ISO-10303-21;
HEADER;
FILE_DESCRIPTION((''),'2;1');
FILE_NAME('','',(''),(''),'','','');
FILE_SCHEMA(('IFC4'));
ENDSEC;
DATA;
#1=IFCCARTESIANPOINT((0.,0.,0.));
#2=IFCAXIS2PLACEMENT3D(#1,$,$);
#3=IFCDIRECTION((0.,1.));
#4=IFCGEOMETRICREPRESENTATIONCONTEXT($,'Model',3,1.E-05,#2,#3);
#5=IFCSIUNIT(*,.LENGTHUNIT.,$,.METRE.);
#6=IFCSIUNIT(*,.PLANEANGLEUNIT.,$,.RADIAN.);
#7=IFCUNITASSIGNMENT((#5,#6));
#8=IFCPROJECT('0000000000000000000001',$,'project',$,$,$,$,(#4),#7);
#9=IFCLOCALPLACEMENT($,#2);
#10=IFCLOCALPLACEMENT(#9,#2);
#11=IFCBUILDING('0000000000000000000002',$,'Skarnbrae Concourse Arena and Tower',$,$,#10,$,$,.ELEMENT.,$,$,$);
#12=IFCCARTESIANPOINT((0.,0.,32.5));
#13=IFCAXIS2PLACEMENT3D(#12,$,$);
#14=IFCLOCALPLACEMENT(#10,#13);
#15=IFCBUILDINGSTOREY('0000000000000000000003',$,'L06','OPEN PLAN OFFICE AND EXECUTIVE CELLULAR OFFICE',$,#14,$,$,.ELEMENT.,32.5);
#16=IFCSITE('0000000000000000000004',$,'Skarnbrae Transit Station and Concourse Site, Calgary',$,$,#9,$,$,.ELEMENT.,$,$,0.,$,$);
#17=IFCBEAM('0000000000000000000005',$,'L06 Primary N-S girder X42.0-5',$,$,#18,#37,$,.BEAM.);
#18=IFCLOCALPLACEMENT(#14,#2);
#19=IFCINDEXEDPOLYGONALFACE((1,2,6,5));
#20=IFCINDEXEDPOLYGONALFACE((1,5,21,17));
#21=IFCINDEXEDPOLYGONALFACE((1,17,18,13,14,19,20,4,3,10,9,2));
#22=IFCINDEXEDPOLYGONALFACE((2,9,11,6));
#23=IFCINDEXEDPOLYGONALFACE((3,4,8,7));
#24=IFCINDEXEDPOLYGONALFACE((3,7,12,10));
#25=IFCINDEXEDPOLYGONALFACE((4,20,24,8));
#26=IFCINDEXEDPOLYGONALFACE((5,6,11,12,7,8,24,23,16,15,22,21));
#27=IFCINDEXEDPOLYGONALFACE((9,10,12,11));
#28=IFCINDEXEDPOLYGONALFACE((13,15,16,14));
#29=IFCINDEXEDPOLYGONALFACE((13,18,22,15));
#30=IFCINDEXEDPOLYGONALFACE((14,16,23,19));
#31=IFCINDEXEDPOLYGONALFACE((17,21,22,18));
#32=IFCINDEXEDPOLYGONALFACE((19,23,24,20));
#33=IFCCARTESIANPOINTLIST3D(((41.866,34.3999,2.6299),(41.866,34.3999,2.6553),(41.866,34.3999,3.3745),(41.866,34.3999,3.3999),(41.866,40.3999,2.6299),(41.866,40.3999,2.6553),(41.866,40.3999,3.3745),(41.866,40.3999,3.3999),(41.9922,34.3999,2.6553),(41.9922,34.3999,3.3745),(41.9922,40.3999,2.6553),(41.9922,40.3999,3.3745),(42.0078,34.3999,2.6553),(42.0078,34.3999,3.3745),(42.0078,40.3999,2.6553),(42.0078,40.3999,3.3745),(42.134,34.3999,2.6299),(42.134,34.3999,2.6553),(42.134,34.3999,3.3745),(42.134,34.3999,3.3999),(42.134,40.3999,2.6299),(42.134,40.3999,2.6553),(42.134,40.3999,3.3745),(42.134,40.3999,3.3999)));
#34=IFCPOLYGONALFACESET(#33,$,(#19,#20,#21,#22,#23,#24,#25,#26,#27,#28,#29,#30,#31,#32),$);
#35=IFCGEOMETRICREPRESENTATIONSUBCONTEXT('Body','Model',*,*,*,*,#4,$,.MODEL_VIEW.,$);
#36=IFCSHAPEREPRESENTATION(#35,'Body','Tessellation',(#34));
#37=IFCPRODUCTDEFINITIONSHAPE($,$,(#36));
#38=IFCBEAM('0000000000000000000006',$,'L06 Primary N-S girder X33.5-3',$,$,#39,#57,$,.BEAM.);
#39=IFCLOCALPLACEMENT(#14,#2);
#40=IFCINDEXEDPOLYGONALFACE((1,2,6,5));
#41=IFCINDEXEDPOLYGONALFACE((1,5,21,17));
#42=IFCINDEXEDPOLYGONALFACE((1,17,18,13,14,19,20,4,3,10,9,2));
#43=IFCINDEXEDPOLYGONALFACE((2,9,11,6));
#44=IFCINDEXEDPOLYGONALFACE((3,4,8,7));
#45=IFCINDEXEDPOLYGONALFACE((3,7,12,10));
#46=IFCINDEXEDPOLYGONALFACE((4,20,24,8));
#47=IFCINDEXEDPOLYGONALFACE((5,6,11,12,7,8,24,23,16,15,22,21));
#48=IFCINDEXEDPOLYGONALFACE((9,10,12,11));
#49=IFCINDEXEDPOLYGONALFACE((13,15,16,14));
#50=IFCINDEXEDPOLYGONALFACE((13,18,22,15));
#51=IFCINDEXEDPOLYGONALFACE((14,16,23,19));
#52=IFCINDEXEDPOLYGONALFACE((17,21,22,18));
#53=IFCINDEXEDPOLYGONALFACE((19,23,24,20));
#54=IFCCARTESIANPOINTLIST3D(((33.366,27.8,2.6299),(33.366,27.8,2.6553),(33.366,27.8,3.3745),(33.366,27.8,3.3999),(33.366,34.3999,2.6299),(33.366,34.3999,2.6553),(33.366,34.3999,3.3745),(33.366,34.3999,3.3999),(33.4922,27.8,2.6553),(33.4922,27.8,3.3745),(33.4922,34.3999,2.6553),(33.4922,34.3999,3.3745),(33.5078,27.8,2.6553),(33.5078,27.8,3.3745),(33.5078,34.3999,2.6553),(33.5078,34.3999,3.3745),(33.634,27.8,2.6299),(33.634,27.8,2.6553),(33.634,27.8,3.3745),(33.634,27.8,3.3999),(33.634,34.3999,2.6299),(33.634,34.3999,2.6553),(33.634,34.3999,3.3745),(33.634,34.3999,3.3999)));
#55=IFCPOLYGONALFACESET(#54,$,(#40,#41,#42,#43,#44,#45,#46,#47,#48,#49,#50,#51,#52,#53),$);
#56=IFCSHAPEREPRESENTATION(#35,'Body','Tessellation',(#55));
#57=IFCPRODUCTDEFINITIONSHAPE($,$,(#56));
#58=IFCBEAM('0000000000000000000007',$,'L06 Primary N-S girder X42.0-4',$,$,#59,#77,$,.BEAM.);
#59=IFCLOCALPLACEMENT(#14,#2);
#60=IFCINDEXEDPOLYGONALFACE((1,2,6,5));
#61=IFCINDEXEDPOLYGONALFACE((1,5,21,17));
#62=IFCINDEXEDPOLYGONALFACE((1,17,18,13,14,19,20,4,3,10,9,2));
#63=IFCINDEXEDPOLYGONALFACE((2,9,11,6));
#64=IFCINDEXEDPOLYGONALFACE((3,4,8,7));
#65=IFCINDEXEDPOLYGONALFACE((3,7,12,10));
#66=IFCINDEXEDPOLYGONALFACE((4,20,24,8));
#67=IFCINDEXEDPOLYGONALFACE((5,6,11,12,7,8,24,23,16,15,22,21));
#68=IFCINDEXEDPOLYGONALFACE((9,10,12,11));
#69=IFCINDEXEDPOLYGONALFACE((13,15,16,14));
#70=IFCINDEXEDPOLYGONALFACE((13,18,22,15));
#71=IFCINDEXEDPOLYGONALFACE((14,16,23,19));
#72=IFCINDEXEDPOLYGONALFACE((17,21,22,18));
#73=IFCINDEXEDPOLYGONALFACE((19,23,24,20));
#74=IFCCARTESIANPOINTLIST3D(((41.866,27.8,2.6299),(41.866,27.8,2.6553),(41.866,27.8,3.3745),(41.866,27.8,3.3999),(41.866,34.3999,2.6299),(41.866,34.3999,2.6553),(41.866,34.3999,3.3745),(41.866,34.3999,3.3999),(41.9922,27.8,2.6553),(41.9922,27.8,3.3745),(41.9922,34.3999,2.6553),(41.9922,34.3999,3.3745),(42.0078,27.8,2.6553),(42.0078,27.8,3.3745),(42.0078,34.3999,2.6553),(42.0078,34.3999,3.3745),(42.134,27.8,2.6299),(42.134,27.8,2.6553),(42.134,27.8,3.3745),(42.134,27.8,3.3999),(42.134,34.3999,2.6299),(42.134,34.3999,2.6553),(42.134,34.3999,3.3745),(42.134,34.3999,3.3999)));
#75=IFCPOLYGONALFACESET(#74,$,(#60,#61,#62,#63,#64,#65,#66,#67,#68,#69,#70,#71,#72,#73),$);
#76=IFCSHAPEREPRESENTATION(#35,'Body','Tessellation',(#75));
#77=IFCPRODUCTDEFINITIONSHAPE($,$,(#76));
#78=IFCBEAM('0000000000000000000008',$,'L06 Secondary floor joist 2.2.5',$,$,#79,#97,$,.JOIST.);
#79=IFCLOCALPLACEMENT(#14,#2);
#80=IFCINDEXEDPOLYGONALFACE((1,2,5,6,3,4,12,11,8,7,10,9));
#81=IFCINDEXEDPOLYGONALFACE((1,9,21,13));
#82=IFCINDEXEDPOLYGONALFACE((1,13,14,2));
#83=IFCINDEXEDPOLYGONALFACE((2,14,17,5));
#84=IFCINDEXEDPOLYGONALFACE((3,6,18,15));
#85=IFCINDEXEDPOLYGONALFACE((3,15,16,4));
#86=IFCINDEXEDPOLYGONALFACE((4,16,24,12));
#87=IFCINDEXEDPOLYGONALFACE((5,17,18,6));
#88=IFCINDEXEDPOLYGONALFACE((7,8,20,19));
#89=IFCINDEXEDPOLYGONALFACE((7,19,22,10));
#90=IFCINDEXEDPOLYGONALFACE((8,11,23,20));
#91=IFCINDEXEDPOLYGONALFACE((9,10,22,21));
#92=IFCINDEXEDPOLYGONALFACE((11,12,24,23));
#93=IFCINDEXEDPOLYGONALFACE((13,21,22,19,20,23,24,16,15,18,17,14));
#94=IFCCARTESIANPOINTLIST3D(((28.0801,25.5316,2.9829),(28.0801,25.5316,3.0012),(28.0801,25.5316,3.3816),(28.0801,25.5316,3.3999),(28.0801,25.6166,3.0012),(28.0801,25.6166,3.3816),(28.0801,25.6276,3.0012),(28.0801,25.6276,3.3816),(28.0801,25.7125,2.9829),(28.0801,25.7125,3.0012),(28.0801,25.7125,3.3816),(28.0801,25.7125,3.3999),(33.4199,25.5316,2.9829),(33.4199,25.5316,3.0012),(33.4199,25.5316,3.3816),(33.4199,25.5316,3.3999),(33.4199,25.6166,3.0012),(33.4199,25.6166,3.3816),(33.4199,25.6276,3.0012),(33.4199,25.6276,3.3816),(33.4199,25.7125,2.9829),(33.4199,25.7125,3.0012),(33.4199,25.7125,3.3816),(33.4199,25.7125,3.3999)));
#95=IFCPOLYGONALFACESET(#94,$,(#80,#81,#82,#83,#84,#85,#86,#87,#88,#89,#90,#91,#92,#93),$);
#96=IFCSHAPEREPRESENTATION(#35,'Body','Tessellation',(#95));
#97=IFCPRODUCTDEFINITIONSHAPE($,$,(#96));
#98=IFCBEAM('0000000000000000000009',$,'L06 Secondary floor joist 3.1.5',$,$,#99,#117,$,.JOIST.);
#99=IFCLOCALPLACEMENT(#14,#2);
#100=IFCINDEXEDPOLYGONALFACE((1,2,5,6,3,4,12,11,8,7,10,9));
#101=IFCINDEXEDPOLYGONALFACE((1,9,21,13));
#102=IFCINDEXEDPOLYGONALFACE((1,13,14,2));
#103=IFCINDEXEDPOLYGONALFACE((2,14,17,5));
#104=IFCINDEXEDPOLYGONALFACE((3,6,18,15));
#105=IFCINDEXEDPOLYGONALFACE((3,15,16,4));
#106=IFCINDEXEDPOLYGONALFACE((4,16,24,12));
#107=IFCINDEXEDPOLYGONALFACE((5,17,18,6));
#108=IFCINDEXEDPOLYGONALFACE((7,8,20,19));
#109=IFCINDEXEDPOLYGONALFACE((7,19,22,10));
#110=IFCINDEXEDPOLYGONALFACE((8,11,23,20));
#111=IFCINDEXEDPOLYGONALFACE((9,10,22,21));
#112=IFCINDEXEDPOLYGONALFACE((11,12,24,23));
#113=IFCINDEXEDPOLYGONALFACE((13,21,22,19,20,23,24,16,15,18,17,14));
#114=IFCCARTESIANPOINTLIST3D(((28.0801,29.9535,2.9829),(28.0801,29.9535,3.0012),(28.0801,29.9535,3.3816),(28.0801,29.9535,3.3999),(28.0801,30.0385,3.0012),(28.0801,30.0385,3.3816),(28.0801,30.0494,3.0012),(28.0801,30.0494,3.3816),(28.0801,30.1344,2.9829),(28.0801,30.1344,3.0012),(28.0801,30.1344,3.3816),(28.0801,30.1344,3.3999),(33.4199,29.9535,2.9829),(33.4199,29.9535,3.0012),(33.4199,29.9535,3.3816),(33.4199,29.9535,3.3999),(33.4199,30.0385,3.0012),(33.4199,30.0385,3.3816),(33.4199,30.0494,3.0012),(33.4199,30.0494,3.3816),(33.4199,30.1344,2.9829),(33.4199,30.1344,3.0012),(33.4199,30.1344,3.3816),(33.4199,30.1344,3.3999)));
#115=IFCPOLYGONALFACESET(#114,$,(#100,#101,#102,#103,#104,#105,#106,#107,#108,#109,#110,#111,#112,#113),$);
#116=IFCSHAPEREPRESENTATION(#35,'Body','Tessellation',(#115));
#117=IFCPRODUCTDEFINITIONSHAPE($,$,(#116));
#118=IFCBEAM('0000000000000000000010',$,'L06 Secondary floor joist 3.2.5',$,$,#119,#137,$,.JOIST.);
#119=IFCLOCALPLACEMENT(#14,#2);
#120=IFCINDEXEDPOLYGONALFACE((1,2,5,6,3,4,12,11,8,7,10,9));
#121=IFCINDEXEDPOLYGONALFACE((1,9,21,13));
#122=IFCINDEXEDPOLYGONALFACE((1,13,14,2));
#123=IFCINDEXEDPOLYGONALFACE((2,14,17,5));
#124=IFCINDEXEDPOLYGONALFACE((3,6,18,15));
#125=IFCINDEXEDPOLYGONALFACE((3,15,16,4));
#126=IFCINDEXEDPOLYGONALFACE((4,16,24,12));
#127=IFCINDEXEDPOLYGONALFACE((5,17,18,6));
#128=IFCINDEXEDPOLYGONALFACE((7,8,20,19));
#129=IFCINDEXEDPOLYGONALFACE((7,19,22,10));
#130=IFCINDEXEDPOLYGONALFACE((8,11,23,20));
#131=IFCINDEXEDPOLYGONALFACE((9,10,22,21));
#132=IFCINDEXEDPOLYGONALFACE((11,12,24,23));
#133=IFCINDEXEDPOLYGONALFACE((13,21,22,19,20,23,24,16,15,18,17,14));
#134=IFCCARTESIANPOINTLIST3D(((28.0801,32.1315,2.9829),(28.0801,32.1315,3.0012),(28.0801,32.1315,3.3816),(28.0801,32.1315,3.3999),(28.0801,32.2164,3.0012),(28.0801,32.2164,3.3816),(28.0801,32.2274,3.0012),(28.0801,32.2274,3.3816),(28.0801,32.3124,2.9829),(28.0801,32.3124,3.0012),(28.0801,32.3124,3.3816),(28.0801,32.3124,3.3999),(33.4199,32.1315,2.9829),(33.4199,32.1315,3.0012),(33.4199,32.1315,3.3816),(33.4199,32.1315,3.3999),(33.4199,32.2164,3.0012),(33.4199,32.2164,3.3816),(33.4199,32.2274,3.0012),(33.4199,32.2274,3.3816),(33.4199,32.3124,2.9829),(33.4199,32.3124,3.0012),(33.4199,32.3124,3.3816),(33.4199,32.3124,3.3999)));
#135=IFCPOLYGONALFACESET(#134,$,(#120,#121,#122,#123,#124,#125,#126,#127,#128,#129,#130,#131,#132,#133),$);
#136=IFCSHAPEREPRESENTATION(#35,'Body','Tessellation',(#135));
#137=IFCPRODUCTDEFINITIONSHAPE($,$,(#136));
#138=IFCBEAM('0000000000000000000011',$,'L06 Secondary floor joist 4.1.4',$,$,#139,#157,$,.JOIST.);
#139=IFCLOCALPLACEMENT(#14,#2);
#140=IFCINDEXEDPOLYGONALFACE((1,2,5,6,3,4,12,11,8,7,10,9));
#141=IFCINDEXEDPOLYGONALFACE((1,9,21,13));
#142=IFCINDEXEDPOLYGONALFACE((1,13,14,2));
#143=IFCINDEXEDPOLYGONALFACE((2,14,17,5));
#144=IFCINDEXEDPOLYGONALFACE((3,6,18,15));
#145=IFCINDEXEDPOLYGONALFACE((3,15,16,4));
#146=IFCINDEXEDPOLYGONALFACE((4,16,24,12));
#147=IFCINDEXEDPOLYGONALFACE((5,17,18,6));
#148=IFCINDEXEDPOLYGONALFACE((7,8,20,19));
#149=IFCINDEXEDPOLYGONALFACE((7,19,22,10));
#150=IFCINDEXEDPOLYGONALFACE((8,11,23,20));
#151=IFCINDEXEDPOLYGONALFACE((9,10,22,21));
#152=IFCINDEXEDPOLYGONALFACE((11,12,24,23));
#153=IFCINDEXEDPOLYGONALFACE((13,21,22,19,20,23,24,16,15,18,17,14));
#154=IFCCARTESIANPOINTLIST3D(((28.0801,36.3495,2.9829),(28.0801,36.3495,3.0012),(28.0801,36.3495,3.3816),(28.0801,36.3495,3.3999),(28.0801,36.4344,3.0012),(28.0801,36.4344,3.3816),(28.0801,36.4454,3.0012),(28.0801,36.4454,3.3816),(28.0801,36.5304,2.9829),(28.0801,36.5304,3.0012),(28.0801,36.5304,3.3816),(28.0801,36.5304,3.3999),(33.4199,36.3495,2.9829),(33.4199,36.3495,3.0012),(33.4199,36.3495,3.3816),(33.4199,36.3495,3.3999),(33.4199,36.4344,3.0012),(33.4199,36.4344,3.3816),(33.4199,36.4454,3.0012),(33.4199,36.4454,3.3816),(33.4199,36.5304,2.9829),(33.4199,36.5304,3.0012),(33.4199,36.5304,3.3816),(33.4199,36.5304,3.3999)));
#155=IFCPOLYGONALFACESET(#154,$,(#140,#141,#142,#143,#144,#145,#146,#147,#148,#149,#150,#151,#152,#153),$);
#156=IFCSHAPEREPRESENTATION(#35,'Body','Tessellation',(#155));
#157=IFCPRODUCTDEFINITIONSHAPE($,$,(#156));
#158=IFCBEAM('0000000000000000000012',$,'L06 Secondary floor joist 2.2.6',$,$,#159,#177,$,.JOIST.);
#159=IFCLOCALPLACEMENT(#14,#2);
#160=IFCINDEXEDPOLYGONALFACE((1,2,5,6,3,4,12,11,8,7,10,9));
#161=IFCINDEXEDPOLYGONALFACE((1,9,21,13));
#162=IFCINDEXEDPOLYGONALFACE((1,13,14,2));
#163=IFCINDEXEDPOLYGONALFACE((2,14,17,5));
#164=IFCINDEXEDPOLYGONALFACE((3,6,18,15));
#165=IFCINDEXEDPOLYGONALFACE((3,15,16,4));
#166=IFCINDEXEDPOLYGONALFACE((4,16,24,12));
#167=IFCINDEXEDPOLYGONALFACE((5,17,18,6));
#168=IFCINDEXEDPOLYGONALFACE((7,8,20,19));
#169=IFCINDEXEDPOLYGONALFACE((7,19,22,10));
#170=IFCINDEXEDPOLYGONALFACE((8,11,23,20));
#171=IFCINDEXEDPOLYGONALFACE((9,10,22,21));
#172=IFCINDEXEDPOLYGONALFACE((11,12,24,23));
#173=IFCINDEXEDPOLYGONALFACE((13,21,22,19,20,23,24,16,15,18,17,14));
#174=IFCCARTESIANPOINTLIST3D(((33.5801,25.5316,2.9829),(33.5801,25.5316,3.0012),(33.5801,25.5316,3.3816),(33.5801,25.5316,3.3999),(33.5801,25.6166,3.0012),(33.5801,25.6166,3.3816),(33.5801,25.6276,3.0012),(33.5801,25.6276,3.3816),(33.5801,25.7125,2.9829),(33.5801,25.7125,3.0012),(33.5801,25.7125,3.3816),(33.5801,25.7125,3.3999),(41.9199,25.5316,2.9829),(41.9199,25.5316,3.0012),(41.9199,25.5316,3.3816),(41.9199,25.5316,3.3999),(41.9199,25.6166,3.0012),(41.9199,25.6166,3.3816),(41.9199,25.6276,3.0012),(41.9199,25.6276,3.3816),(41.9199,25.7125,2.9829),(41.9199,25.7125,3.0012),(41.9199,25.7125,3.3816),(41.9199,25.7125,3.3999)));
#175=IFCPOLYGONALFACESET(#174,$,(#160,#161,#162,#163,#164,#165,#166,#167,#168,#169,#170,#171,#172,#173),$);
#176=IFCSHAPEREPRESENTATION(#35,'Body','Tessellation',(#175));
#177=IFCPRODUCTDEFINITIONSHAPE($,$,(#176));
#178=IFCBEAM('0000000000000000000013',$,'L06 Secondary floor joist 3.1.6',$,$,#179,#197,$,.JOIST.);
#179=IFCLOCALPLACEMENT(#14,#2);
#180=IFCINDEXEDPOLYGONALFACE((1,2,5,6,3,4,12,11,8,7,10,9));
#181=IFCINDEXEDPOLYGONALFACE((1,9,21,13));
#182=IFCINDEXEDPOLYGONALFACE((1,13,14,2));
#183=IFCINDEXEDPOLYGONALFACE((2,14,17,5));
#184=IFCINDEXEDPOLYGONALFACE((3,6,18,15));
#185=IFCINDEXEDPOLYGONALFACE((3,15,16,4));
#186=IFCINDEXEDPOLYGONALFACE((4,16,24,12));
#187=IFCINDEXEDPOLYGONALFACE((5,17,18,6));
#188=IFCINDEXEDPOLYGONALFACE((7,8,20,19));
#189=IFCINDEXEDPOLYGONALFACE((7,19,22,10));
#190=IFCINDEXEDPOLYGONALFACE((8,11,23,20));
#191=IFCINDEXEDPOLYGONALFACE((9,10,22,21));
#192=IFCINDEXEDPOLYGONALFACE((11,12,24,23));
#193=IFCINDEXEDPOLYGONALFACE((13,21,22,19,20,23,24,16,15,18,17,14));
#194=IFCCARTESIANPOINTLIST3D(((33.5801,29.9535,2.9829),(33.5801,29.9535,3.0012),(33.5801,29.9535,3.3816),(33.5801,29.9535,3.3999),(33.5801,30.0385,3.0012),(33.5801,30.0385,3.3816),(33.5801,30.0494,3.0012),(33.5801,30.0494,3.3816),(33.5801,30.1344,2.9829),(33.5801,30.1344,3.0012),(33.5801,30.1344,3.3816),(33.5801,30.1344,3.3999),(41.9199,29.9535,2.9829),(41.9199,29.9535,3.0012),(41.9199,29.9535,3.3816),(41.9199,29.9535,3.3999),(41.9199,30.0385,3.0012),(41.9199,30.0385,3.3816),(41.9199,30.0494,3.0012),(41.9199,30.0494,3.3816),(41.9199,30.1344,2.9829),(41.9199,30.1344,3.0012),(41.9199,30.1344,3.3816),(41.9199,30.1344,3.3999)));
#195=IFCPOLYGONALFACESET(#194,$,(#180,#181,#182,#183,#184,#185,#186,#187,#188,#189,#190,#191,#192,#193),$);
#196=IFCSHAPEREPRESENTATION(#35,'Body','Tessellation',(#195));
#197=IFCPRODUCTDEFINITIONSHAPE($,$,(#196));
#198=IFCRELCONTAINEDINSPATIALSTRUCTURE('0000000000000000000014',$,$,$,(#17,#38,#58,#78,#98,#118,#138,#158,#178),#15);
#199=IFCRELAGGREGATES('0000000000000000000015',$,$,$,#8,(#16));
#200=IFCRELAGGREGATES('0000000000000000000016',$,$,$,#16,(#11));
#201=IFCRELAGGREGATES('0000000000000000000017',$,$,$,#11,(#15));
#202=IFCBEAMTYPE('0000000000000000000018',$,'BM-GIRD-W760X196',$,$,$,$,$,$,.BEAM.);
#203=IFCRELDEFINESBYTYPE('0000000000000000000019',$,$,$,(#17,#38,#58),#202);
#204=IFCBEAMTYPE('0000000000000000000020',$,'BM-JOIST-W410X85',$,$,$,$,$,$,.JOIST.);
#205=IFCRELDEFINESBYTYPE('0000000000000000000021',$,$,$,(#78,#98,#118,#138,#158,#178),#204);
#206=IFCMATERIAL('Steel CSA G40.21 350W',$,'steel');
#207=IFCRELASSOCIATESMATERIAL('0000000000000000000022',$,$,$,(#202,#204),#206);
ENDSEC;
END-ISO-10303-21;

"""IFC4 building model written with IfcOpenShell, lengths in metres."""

from ifc_helpers import new_model, si_unit, direction, frame, origin, origin_2d, place, context, subcontext, project, spatial, i_section, extrude, source, transform, mapped, material, material_profile, profile_set, type_object, element, save


model = new_model("IFC4")

# Units and contexts
model_context = context("Model", 3, precision=1e-05, world=origin(), true_north=direction((0.0, 1.0)))
body_context = subcontext(model_context, "Body", "Model", "MODEL_VIEW")
ifc_project = project(units=[si_unit("LENGTHUNIT", "METRE"), si_unit("PLANEANGLEUNIT", "RADIAN")], contexts=[model_context])

# Site, building, storey
site_placement = place(None, origin())
site = spatial("IfcSite", under=ifc_project, at=site_placement, Name="Skarnbrae Transit Station and Concourse Site, Calgary", CompositionType="ELEMENT", RefElevation=0.0)
building_placement = place(site_placement, origin())
building = spatial("IfcBuilding", under=site, at=building_placement, Name="Skarnbrae Concourse Arena and Tower", CompositionType="ELEMENT")
storey_placement = place(building_placement, frame((0.0, 0.0, 32.5)))
storey = spatial("IfcBuildingStorey", under=building, at=storey_placement, Name="L06", Description="OPEN PLAN OFFICE AND EXECUTIVE CELLULAR OFFICE", CompositionType="ELEMENT", Elevation=32.5)

# Shared definitions
ifc_material_1 = material(Name="Steel CSA G40.21 350W", Category="steel")

# Beams
ifc_material_profile_1 = material_profile(ifc_material_1, i_section(OverallWidth=0.2681, OverallDepth=0.77, WebThickness=0.0156, FlangeThickness=0.0254, at=origin_2d()), Name="W760X196")
ifc_profile_set_1 = profile_set([ifc_material_profile_1], Name="Steel CSA G40.21 350W")
beam_type_1 = type_object("IfcBeamType", Name="BM-GIRD-W760X196", PredefinedType="BEAM", material=ifc_profile_set_1)
shared_shape_1 = source(origin(), body_context, "Body", "SweptSolid", [
    extrude(i_section(OverallWidth=0.2681, OverallDepth=0.77, WebThickness=0.0156, FlangeThickness=0.0254, at=origin_2d()), origin(), (0.0, 0.0, 1.0), 6.0),
])
for number, where, z_axis, x_axis, name in (
    (1, (42.0, 34.3999, 3.0149), (0.0, 1.0, 0.0), (-1.0, 0.0, 0.0), "L06 Primary N-S girder X42.0-5"),
):
    element("IfcBeam", number, at=place(storey_placement, frame(where, z_axis=z_axis, x_axis=x_axis)), inside=storey, type_object=beam_type_1, Name=name, PredefinedType="BEAM", context=body_context, shape_type="MappedRepresentation", body=[
        mapped(shared_shape_1, transform((0.0, 0.0, 0.0))),
    ])
shared_shape_2 = source(origin(), body_context, "Body", "SweptSolid", [
    extrude(i_section(OverallWidth=0.2681, OverallDepth=0.77, WebThickness=0.0156, FlangeThickness=0.0254, at=origin_2d()), origin(), (0.0, 0.0, 1.0), 6.5999),
])
for number, where, z_axis, x_axis, name in (
    (2, (33.5, 27.8, 3.0149), (0.0, 1.0, 0.0), (-1.0, 0.0, 0.0), "L06 Primary N-S girder X33.5-3"),
    (3, (42.0, 27.8, 3.0149), (0.0, 1.0, 0.0), (-1.0, 0.0, 0.0), "L06 Primary N-S girder X42.0-4"),
):
    element("IfcBeam", number, at=place(storey_placement, frame(where, z_axis=z_axis, x_axis=x_axis)), inside=storey, type_object=beam_type_1, Name=name, PredefinedType="BEAM", context=body_context, shape_type="MappedRepresentation", body=[
        mapped(shared_shape_2, transform((0.0, 0.0, 0.0))),
    ])
ifc_material_profile_2 = material_profile(ifc_material_1, i_section(OverallWidth=0.1809, OverallDepth=0.417, WebThickness=0.011, FlangeThickness=0.0183, at=origin_2d()), Name="W410X85")
ifc_profile_set_2 = profile_set([ifc_material_profile_2], Name="Steel CSA G40.21 350W")
beam_type_2 = type_object("IfcBeamType", Name="BM-JOIST-W410X85", PredefinedType="JOIST", material=ifc_profile_set_2)
shared_shape_3 = source(origin(), body_context, "Body", "SweptSolid", [
    extrude(i_section(OverallWidth=0.1809, OverallDepth=0.417, WebThickness=0.011, FlangeThickness=0.0183, at=origin_2d()), origin(), (0.0, 0.0, 1.0), 5.3398),
])
for number, where, z_axis, x_axis, name in (
    (4, (28.0801, 25.6221, 3.1914), (1.0, 0.0, 0.0), (0.0, 1.0, 0.0), "L06 Secondary floor joist 2.2.5"),
    (5, (28.0801, 30.0439, 3.1914), (1.0, 0.0, 0.0), (0.0, 1.0, 0.0), "L06 Secondary floor joist 3.1.5"),
    (6, (28.0801, 32.2219, 3.1914), (1.0, 0.0, 0.0), (0.0, 1.0, 0.0), "L06 Secondary floor joist 3.2.5"),
    (7, (28.0801, 36.4399, 3.1914), (1.0, 0.0, 0.0), (0.0, 1.0, 0.0), "L06 Secondary floor joist 4.1.4"),
):
    element("IfcBeam", number, at=place(storey_placement, frame(where, z_axis=z_axis, x_axis=x_axis)), inside=storey, type_object=beam_type_2, Name=name, PredefinedType="JOIST", context=body_context, shape_type="MappedRepresentation", body=[
        mapped(shared_shape_3, transform((0.0, 0.0, 0.0))),
    ])
shared_shape_4 = source(origin(), body_context, "Body", "SweptSolid", [
    extrude(i_section(OverallWidth=0.1809, OverallDepth=0.417, WebThickness=0.011, FlangeThickness=0.0183, at=origin_2d()), origin(), (0.0, 0.0, 1.0), 8.3398),
])
for number, where, z_axis, x_axis, name in (
    (8, (33.5801, 25.6221, 3.1914), (1.0, 0.0, 0.0), (0.0, 1.0, 0.0), "L06 Secondary floor joist 2.2.6"),
    (9, (33.5801, 30.0439, 3.1914), (1.0, 0.0, 0.0), (0.0, 1.0, 0.0), "L06 Secondary floor joist 3.1.6"),
):
    element("IfcBeam", number, at=place(storey_placement, frame(where, z_axis=z_axis, x_axis=x_axis)), inside=storey, type_object=beam_type_2, Name=name, PredefinedType="JOIST", context=body_context, shape_type="MappedRepresentation", body=[
        mapped(shared_shape_4, transform((0.0, 0.0, 0.0))),
    ])

save(model, "model.ifc")
